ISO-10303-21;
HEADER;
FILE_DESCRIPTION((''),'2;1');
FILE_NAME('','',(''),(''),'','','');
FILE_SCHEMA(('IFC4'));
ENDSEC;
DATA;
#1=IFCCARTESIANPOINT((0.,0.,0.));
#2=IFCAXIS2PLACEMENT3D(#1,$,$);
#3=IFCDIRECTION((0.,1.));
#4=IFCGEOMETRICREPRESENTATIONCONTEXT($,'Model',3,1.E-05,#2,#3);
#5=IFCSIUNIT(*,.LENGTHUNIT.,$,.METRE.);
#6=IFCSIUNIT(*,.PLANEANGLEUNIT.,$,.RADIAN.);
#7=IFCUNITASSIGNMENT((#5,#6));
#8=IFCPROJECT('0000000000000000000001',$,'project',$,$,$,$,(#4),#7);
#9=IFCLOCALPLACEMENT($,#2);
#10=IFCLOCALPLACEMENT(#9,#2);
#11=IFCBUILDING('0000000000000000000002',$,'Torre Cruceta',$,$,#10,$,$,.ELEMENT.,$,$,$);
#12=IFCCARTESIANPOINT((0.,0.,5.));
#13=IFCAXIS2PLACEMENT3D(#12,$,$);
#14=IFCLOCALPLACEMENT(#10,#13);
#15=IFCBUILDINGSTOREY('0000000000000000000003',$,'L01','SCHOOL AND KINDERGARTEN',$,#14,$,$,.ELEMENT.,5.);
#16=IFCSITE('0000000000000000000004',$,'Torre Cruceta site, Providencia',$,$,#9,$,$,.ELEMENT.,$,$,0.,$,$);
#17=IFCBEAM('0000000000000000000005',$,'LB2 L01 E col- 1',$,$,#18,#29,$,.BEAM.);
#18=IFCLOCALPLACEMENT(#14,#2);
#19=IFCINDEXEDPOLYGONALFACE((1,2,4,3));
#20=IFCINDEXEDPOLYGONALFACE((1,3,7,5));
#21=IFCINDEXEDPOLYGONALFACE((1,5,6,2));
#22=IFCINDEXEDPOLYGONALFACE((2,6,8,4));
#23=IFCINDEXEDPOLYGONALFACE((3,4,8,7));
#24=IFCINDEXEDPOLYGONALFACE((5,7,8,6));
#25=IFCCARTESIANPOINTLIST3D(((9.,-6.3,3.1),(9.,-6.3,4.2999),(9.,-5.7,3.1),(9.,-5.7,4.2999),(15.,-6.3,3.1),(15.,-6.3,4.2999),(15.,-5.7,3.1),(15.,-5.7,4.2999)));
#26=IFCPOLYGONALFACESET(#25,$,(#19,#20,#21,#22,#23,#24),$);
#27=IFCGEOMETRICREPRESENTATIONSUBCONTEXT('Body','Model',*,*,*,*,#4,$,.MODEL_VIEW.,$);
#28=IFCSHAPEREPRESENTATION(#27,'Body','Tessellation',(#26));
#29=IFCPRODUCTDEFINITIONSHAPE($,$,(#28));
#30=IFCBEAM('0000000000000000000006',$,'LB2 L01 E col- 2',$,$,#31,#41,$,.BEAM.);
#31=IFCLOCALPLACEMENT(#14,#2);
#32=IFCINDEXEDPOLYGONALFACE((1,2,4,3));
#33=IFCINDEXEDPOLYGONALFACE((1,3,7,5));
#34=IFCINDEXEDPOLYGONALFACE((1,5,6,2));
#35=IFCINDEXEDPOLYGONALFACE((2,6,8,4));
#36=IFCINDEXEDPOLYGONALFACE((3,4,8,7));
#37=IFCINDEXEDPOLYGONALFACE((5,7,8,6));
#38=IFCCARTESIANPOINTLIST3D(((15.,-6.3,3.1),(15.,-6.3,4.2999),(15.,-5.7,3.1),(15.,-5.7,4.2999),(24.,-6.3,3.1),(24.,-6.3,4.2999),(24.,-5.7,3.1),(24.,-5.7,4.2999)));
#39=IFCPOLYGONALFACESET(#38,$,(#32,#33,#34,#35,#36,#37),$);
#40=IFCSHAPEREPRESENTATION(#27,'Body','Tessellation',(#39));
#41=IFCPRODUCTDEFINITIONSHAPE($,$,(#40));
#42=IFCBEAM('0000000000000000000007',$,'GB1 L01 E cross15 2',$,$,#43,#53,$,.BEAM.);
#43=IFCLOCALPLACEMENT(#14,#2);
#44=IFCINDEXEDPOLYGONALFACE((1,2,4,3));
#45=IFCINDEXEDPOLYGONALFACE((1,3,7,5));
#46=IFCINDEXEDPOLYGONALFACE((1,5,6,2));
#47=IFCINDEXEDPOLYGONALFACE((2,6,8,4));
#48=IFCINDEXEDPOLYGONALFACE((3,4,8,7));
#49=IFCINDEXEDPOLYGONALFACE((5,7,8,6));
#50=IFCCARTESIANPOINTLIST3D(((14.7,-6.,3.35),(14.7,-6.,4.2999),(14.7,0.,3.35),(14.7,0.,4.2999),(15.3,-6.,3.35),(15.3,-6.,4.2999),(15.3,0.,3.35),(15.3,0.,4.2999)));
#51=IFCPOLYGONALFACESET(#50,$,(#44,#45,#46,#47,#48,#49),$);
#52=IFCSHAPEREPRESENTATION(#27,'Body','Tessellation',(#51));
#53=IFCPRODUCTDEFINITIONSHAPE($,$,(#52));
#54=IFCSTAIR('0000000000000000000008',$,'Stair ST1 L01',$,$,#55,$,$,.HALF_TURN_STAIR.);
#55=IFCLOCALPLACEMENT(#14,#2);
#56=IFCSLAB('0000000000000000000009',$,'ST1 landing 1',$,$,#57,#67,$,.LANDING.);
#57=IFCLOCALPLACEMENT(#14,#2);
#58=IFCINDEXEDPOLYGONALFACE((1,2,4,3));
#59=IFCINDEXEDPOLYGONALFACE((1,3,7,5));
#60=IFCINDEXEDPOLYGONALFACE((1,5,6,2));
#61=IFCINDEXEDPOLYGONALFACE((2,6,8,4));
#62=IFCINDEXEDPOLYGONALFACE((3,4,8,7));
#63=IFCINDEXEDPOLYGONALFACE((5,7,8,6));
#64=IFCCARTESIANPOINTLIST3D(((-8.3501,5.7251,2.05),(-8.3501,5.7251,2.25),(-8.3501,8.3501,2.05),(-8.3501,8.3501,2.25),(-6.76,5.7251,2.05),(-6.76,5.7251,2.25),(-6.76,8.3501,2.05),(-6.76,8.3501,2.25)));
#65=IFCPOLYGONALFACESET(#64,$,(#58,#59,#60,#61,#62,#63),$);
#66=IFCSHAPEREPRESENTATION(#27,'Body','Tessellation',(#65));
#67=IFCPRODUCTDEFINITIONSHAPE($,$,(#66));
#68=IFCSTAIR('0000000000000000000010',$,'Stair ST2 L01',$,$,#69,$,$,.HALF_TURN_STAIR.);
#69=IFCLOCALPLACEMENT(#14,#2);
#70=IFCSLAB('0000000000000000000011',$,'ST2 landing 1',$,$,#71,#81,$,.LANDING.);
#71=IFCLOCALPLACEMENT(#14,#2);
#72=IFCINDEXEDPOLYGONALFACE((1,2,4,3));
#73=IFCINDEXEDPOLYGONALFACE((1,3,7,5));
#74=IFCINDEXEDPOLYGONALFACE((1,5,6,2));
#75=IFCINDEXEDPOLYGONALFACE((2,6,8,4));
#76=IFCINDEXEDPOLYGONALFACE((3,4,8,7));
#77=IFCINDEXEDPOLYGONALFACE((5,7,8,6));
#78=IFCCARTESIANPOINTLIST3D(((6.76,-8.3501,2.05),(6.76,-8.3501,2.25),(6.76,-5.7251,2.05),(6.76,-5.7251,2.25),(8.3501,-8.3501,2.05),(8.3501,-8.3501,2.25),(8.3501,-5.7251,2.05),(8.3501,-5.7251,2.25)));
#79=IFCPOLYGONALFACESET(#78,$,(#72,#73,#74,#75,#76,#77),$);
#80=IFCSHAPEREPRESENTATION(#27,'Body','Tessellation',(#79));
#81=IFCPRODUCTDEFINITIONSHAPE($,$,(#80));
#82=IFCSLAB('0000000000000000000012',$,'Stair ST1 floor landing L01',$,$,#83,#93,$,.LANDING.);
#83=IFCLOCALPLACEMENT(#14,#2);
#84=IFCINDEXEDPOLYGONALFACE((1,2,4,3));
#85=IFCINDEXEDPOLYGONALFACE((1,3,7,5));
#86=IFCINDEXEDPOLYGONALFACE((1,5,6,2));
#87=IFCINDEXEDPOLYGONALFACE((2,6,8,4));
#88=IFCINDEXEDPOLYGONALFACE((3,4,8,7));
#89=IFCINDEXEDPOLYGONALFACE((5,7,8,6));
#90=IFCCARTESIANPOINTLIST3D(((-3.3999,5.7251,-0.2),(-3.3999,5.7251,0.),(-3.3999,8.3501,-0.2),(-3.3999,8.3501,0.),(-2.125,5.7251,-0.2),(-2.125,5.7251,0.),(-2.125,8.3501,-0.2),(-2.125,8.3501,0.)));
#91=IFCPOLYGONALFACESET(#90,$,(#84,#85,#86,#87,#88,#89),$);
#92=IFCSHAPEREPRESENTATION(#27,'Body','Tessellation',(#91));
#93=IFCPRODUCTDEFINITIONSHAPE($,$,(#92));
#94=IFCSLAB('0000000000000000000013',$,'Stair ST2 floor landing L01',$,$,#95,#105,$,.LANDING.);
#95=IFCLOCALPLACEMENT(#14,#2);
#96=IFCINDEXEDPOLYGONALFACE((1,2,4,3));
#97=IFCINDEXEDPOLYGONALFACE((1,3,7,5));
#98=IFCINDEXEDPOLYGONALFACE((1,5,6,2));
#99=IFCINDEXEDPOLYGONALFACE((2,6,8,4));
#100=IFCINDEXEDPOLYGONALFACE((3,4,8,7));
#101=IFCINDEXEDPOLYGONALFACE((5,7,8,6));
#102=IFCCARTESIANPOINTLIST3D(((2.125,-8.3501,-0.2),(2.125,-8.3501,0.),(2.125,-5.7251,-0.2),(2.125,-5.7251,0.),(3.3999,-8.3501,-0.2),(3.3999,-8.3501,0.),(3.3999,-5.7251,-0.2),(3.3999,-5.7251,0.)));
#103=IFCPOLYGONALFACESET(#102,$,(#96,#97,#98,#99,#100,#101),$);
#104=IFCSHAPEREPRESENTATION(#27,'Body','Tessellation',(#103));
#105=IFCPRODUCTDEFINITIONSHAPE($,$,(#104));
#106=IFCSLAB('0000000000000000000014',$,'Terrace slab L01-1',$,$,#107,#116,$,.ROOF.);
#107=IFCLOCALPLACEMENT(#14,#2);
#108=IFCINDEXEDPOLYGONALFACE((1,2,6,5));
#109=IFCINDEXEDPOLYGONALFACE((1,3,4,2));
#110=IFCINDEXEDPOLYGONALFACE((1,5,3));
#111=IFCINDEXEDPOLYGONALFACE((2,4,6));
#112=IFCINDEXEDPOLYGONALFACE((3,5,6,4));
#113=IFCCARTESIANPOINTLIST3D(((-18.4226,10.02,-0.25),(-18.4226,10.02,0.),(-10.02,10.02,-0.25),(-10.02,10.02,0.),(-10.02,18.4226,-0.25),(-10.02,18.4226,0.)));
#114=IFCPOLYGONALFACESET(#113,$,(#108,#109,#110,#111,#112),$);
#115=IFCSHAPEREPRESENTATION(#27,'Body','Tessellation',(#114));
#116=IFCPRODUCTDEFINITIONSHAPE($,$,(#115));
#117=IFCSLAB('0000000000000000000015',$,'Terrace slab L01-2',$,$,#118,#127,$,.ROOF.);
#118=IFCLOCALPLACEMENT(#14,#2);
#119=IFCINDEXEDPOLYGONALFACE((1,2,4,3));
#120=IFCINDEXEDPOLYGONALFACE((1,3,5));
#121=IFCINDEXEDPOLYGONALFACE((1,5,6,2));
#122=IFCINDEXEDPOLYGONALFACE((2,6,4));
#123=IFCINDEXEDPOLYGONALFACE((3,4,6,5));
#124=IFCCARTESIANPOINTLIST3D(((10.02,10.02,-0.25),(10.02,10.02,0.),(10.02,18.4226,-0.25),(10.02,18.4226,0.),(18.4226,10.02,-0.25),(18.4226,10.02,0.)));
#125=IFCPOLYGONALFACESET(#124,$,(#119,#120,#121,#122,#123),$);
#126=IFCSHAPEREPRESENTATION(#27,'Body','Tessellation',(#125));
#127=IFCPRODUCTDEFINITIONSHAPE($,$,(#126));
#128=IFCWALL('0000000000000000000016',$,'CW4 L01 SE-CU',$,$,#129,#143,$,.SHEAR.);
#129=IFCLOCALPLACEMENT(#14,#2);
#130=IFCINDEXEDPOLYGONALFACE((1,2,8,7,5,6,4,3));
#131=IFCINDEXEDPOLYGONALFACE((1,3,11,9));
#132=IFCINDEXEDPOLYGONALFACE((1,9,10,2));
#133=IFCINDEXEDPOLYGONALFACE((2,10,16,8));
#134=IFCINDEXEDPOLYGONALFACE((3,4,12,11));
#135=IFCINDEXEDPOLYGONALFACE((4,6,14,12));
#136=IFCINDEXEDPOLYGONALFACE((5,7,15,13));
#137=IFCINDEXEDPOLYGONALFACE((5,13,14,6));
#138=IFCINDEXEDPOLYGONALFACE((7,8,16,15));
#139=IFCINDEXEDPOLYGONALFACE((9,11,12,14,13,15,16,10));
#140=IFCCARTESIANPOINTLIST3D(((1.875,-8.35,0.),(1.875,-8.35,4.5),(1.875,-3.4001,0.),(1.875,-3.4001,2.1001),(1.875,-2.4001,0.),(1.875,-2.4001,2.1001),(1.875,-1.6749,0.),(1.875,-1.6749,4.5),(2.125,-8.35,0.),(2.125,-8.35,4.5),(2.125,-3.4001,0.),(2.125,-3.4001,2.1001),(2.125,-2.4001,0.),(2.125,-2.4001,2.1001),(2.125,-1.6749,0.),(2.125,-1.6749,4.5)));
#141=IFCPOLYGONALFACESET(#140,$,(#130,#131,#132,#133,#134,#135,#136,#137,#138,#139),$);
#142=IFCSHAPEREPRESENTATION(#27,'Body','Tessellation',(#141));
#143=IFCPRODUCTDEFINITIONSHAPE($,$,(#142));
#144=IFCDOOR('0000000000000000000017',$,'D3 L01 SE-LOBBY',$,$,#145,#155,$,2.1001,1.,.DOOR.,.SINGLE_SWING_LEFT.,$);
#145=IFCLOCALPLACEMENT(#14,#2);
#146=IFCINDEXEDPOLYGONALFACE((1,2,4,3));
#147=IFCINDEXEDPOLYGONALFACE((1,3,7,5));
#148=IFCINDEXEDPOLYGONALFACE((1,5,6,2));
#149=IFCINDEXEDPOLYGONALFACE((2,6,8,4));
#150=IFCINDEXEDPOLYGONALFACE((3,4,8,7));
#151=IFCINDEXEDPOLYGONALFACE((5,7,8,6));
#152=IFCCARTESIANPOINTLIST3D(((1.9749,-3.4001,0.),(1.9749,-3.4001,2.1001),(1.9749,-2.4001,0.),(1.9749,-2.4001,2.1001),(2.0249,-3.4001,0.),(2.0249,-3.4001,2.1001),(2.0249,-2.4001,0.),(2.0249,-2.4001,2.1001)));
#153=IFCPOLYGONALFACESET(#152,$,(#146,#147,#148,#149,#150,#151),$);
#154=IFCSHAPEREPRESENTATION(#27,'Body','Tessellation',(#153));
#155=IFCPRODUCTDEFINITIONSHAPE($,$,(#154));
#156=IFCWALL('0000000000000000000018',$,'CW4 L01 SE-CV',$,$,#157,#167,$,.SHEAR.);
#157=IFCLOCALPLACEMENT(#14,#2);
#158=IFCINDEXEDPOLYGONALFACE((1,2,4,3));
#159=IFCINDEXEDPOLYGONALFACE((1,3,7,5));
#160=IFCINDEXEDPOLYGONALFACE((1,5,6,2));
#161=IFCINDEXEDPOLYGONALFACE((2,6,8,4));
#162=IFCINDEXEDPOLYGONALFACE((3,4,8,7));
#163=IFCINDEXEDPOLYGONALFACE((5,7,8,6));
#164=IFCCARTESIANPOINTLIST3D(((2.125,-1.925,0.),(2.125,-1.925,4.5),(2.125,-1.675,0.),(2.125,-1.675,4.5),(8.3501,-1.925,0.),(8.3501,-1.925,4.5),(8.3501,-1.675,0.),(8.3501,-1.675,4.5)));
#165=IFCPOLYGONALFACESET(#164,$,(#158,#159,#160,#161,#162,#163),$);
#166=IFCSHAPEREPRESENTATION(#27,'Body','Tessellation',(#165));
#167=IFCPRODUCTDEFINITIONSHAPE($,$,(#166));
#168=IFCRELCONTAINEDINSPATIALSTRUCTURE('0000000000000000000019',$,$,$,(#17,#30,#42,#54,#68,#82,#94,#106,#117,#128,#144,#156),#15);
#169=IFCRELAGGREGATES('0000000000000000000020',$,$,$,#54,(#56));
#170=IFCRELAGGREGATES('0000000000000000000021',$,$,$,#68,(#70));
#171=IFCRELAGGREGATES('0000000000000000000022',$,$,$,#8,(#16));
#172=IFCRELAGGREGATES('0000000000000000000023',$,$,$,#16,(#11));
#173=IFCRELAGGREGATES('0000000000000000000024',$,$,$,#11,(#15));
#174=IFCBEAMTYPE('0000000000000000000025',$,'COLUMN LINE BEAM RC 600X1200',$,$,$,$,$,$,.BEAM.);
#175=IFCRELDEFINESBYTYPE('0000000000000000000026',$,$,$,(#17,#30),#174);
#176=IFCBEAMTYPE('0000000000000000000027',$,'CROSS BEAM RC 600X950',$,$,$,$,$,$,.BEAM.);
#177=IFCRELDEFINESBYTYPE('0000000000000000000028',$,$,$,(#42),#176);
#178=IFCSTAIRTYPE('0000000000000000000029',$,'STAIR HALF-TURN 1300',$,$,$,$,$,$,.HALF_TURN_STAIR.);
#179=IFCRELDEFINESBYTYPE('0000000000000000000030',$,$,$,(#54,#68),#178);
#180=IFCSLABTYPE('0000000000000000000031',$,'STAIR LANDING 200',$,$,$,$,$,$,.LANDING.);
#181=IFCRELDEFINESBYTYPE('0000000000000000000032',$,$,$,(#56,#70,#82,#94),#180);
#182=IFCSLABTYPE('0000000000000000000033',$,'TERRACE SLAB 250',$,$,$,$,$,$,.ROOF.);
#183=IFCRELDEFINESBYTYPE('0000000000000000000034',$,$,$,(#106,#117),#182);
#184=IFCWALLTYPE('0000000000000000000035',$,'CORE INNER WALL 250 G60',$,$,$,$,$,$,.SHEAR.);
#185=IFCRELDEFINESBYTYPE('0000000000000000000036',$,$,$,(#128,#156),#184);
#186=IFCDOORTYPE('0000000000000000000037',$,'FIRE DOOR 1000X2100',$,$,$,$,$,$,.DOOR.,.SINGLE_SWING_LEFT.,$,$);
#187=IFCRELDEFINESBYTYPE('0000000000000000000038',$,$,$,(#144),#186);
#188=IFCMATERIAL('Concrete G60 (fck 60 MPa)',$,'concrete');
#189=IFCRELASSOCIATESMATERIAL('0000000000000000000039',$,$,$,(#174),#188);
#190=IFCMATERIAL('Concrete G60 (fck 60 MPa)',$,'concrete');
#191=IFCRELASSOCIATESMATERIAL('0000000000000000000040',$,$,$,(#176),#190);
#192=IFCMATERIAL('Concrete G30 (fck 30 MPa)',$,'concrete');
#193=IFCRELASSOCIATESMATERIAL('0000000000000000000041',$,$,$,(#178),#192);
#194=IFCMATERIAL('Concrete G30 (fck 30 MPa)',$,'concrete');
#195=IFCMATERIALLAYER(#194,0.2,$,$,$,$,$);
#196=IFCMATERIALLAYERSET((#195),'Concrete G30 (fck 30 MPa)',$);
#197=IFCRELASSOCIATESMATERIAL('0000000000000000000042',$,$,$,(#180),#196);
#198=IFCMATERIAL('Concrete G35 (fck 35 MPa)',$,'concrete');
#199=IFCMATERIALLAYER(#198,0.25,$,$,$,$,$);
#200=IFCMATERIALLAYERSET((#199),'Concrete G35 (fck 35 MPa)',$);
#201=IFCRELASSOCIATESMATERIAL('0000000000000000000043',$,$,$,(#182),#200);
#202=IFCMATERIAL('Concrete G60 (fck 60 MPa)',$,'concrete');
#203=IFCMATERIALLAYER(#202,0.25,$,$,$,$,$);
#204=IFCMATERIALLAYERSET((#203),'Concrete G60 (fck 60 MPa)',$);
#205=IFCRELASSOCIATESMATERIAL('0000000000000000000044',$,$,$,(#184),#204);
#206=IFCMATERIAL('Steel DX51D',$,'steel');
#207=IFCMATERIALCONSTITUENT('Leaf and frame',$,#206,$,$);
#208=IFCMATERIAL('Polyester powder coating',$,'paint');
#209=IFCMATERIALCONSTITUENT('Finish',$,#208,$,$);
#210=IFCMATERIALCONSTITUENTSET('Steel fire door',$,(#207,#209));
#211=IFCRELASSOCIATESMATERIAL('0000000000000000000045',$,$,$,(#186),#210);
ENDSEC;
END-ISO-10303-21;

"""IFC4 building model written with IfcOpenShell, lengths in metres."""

from ifc_helpers import new_model, si_unit, direction, frame, frame_2d, origin, origin_2d, place, context, subcontext, project, spatial, polyline, rectangle, outline, extrude, material, layer, layer_set, constituent, constituent_set, material_profile, profile_set, type_object, element, fill, aggregate, save


model = new_model("IFC4")

# Units and contexts
model_context = context("Model", 3, precision=1e-05, world=origin(), true_north=direction((0.0, 1.0)))
body_context = subcontext(model_context, "Body", "Model", "MODEL_VIEW")
ifc_project = project(units=[si_unit("LENGTHUNIT", "METRE"), si_unit("PLANEANGLEUNIT", "RADIAN")], contexts=[model_context])

# Site, building, storey
site_placement = place(None, origin())
site = spatial("IfcSite", under=ifc_project, at=site_placement, Name="Torre Cruceta site, Providencia", CompositionType="ELEMENT", RefElevation=0.0)
building_placement = place(site_placement, origin())
building = spatial("IfcBuilding", under=site, at=building_placement, Name="Torre Cruceta", CompositionType="ELEMENT")
storey_placement = place(building_placement, frame((0.0, 0.0, 5.0)))
storey = spatial("IfcBuildingStorey", under=building, at=storey_placement, Name="L01", Description="SCHOOL AND KINDERGARTEN", CompositionType="ELEMENT", Elevation=5.0)

# Beams
ifc_material_1 = material(Name="Concrete G60 (fck 60 MPa)", Category="concrete")
ifc_material_profile_1 = material_profile(ifc_material_1, rectangle(XDim=0.6001, YDim=1.2, at=origin_2d()), Name="RC 600X1200")
ifc_profile_set_1 = profile_set([ifc_material_profile_1], Name="Concrete G60 (fck 60 MPa)")
beam_type_1 = type_object("IfcBeamType", Name="COLUMN LINE BEAM RC 600X1200", PredefinedType="BEAM", material=ifc_profile_set_1)
beam_1_placement = place(storey_placement, frame((9.0, -6.0, 3.7), z_axis=(1.0, 0.0, 0.0), x_axis=(0.0, 1.0, 0.0)))
element("IfcBeam", 1, at=beam_1_placement, inside=storey, type_object=beam_type_1, Name="LB2 L01 E col- 1", PredefinedType="BEAM", context=body_context, shape_type="SweptSolid", body=[
    extrude(rectangle(XDim=0.6001, YDim=1.2, at=origin_2d()), origin(), (0.0, 0.0, 1.0), 6.0),
])
beam_2_placement = place(storey_placement, frame((15.0, -6.0, 3.7), z_axis=(1.0, 0.0, 0.0), x_axis=(0.0, 1.0, 0.0)))
element("IfcBeam", 2, at=beam_2_placement, inside=storey, type_object=beam_type_1, Name="LB2 L01 E col- 2", PredefinedType="BEAM", context=body_context, shape_type="SweptSolid", body=[
    extrude(rectangle(XDim=0.6001, YDim=1.2, at=origin_2d()), origin(), (0.0, 0.0, 1.0), 9.0),
])
ifc_material_2 = material(Name="Concrete G60 (fck 60 MPa)", Category="concrete")
ifc_material_profile_2 = material_profile(ifc_material_2, rectangle(XDim=0.6001, YDim=0.95, at=origin_2d()), Name="RC 600X950")
ifc_profile_set_2 = profile_set([ifc_material_profile_2], Name="Concrete G60 (fck 60 MPa)")
beam_type_2 = type_object("IfcBeamType", Name="CROSS BEAM RC 600X950", PredefinedType="BEAM", material=ifc_profile_set_2)
beam_3_placement = place(storey_placement, frame((15.0, -6.0, 3.825), z_axis=(0.0, 1.0, 0.0), x_axis=(-1.0, 0.0, 0.0)))
element("IfcBeam", 3, at=beam_3_placement, inside=storey, type_object=beam_type_2, Name="GB1 L01 E cross15 2", PredefinedType="BEAM", context=body_context, shape_type="SweptSolid", body=[
    extrude(rectangle(XDim=0.6001, YDim=0.95, at=origin_2d()), origin(), (0.0, 0.0, 1.0), 6.0),
])

# Stairs, slabs
ifc_material_3 = material(Name="Concrete G30 (fck 30 MPa)", Category="concrete")
stair_type = type_object("IfcStairType", Name="STAIR HALF-TURN 1300", PredefinedType="HALF_TURN_STAIR", material=ifc_material_3)
stair_1_placement = place(storey_placement, origin())
stair_1 = element("IfcStair", 4, at=stair_1_placement, inside=storey, type_object=stair_type, Name="Stair ST1 L01", PredefinedType="HALF_TURN_STAIR")
ifc_material_4 = material(Name="Concrete G30 (fck 30 MPa)", Category="concrete")
ifc_layer_1 = layer(ifc_material_4, 0.2)
ifc_layer_set_1 = layer_set([ifc_layer_1], Name="Concrete G30 (fck 30 MPa)")
slab_type_1 = type_object("IfcSlabType", Name="STAIR LANDING 200", PredefinedType="LANDING", material=ifc_layer_set_1)
slab_1_placement = place(storey_placement, frame((0.0, 0.0, 2.05)))
slab_1 = element("IfcSlab", 5, at=slab_1_placement, type_object=slab_type_1, Name="ST1 landing 1", PredefinedType="LANDING", context=body_context, shape_type="SweptSolid", body=[
    extrude(outline(polyline([(-8.3501, 5.7251), (-6.76, 5.7251), (-6.76, 8.3501), (-8.3501, 8.3501), (-8.3501, 5.7251)])), origin(), (0.0, 0.0, 1.0), 0.2),
])
aggregate(stair_1, [slab_1])
stair_2_placement = place(storey_placement, origin())
stair_2 = element("IfcStair", 6, at=stair_2_placement, inside=storey, type_object=stair_type, Name="Stair ST2 L01", PredefinedType="HALF_TURN_STAIR")
slab_2_placement = place(storey_placement, frame((0.0, 0.0, 2.05)))
slab_2 = element("IfcSlab", 7, at=slab_2_placement, type_object=slab_type_1, Name="ST2 landing 1", PredefinedType="LANDING", context=body_context, shape_type="SweptSolid", body=[
    extrude(outline(polyline([(6.76, -8.3501), (8.3501, -8.3501), (8.3501, -5.7251), (6.76, -5.7251), (6.76, -8.3501)])), origin(), (0.0, 0.0, 1.0), 0.2),
])

# Slabs
slab_3_placement = place(storey_placement, frame((0.0, 0.0, -0.2)))
element("IfcSlab", 8, at=slab_3_placement, inside=storey, type_object=slab_type_1, Name="Stair ST1 floor landing L01", PredefinedType="LANDING", context=body_context, shape_type="SweptSolid", body=[
    extrude(outline(polyline([(-2.125, 8.3501), (-2.125, 5.7251), (-3.3999, 5.7251), (-3.3999, 8.3501), (-2.125, 8.3501)])), origin(), (0.0, 0.0, 1.0), 0.2),
])
slab_4_placement = place(storey_placement, frame((0.0, 0.0, -0.2)))
element("IfcSlab", 9, at=slab_4_placement, inside=storey, type_object=slab_type_1, Name="Stair ST2 floor landing L01", PredefinedType="LANDING", context=body_context, shape_type="SweptSolid", body=[
    extrude(outline(polyline([(2.125, -8.3501), (2.125, -5.7251), (3.3999, -5.7251), (3.3999, -8.3501), (2.125, -8.3501)])), origin(), (0.0, 0.0, 1.0), 0.2),
])
ifc_material_5 = material(Name="Concrete G35 (fck 35 MPa)", Category="concrete")
ifc_layer_2 = layer(ifc_material_5, 0.25)
ifc_layer_set_2 = layer_set([ifc_layer_2], Name="Concrete G35 (fck 35 MPa)")
slab_type_2 = type_object("IfcSlabType", Name="TERRACE SLAB 250", PredefinedType="ROOF", material=ifc_layer_set_2)
slab_5_placement = place(storey_placement, frame((0.0, 0.0, -0.25)))
element("IfcSlab", 10, at=slab_5_placement, inside=storey, type_object=slab_type_2, Name="Terrace slab L01-1", PredefinedType="ROOF", context=body_context, shape_type="SweptSolid", body=[
    extrude(outline(polyline([(-10.02, 10.02), (-18.4226, 10.02), (-10.02, 18.4226), (-10.02, 10.02)])), origin(), (0.0, 0.0, 1.0), 0.25),
])
slab_6_placement = place(storey_placement, frame((0.0, 0.0, -0.25)))
element("IfcSlab", 11, at=slab_6_placement, inside=storey, type_object=slab_type_2, Name="Terrace slab L01-2", PredefinedType="ROOF", context=body_context, shape_type="SweptSolid", body=[
    extrude(outline(polyline([(10.02, 10.02), (10.02, 18.4226), (18.4226, 10.02), (10.02, 10.02)])), origin(), (0.0, 0.0, 1.0), 0.25),
])

# Wall, opening, door
ifc_material_6 = material(Name="Concrete G60 (fck 60 MPa)", Category="concrete")
ifc_layer_3 = layer(ifc_material_6, 0.25)
ifc_layer_set_3 = layer_set([ifc_layer_3], Name="Concrete G60 (fck 60 MPa)")
wall_type_1 = type_object("IfcWallType", Name="CORE INNER WALL 250 G60", PredefinedType="SHEAR", material=ifc_layer_set_3)
wall_1_placement = place(storey_placement, frame((2.0, -1.675, 0.0), z_axis=(0.0, 0.0, 1.0), x_axis=(0.0, -1.0, 0.0)))
wall_1 = element("IfcWall", 12, at=wall_1_placement, inside=storey, type_object=wall_type_1, Name="CW4 L01 SE-CU", PredefinedType="SHEAR", context=body_context, shape_type="SweptSolid", body=[
    extrude(rectangle(XDim=6.675, YDim=0.25, at=frame_2d((3.3374, 0.0))), origin(), (0.0, 0.0, 1.0), 4.5),
])
opening_1_placement = place(wall_1_placement, frame((0.7251, 0.0, 0.0)))
opening_1 = element("IfcOpeningElement", 13, at=opening_1_placement, cuts=wall_1, PredefinedType="OPENING", context=body_context, shape_type="SweptSolid", body=[
    extrude(rectangle(XDim=1.0, YDim=2.1001, at=frame_2d((0.5, 1.05))), frame((0.0, 0.135, 0.0), z_axis=(0.0, -1.0, 0.0), x_axis=(1.0, 0.0, 0.0)), (0.0, 0.0, 1.0), 0.27),
])
ifc_material_7 = material(Name="Steel DX51D", Category="steel")
ifc_constituent_1 = constituent(ifc_material_7, Name="Leaf and frame")
ifc_material_8 = material(Name="Polyester powder coating", Category="paint")
ifc_constituent_2 = constituent(ifc_material_8, Name="Finish")
ifc_constituent_set_1 = constituent_set(constituents=[ifc_constituent_1, ifc_constituent_2], Name="Steel fire door")
door_type_1 = type_object("IfcDoorType", Name="FIRE DOOR 1000X2100", OperationType="SINGLE_SWING_LEFT", PredefinedType="DOOR", material=ifc_constituent_set_1)
door_1_placement = place(opening_1_placement, origin())
door_1 = element("IfcDoor", 14, at=door_1_placement, inside=storey, type_object=door_type_1, Name="D3 L01 SE-LOBBY", OperationType="SINGLE_SWING_LEFT", OverallHeight=2.1001, OverallWidth=1.0, PredefinedType="DOOR", context=body_context, shape_type="SweptSolid", body=[
    extrude(rectangle(XDim=1.0, YDim=2.1001, at=frame_2d((0.5, 1.05))), frame((0.0, 0.0249, 0.0), z_axis=(0.0, -1.0, 0.0), x_axis=(1.0, 0.0, 0.0)), (0.0, 0.0, 1.0), 0.05),
])
fill(opening_1, door_1)

# Wall
wall_2_placement = place(storey_placement, frame((2.125, -1.8, 0.0), z_axis=(0.0, 0.0, 1.0), x_axis=(1.0, 0.0, 0.0)))
element("IfcWall", 15, at=wall_2_placement, inside=storey, type_object=wall_type_1, Name="CW4 L01 SE-CV", PredefinedType="SHEAR", context=body_context, shape_type="SweptSolid", body=[
    extrude(rectangle(XDim=6.2251, YDim=0.25, at=frame_2d((3.1125, 0.0))), origin(), (0.0, 0.0, 1.0), 4.5),
])

aggregate(stair_2, [slab_2])

save(model, "model.ifc")
